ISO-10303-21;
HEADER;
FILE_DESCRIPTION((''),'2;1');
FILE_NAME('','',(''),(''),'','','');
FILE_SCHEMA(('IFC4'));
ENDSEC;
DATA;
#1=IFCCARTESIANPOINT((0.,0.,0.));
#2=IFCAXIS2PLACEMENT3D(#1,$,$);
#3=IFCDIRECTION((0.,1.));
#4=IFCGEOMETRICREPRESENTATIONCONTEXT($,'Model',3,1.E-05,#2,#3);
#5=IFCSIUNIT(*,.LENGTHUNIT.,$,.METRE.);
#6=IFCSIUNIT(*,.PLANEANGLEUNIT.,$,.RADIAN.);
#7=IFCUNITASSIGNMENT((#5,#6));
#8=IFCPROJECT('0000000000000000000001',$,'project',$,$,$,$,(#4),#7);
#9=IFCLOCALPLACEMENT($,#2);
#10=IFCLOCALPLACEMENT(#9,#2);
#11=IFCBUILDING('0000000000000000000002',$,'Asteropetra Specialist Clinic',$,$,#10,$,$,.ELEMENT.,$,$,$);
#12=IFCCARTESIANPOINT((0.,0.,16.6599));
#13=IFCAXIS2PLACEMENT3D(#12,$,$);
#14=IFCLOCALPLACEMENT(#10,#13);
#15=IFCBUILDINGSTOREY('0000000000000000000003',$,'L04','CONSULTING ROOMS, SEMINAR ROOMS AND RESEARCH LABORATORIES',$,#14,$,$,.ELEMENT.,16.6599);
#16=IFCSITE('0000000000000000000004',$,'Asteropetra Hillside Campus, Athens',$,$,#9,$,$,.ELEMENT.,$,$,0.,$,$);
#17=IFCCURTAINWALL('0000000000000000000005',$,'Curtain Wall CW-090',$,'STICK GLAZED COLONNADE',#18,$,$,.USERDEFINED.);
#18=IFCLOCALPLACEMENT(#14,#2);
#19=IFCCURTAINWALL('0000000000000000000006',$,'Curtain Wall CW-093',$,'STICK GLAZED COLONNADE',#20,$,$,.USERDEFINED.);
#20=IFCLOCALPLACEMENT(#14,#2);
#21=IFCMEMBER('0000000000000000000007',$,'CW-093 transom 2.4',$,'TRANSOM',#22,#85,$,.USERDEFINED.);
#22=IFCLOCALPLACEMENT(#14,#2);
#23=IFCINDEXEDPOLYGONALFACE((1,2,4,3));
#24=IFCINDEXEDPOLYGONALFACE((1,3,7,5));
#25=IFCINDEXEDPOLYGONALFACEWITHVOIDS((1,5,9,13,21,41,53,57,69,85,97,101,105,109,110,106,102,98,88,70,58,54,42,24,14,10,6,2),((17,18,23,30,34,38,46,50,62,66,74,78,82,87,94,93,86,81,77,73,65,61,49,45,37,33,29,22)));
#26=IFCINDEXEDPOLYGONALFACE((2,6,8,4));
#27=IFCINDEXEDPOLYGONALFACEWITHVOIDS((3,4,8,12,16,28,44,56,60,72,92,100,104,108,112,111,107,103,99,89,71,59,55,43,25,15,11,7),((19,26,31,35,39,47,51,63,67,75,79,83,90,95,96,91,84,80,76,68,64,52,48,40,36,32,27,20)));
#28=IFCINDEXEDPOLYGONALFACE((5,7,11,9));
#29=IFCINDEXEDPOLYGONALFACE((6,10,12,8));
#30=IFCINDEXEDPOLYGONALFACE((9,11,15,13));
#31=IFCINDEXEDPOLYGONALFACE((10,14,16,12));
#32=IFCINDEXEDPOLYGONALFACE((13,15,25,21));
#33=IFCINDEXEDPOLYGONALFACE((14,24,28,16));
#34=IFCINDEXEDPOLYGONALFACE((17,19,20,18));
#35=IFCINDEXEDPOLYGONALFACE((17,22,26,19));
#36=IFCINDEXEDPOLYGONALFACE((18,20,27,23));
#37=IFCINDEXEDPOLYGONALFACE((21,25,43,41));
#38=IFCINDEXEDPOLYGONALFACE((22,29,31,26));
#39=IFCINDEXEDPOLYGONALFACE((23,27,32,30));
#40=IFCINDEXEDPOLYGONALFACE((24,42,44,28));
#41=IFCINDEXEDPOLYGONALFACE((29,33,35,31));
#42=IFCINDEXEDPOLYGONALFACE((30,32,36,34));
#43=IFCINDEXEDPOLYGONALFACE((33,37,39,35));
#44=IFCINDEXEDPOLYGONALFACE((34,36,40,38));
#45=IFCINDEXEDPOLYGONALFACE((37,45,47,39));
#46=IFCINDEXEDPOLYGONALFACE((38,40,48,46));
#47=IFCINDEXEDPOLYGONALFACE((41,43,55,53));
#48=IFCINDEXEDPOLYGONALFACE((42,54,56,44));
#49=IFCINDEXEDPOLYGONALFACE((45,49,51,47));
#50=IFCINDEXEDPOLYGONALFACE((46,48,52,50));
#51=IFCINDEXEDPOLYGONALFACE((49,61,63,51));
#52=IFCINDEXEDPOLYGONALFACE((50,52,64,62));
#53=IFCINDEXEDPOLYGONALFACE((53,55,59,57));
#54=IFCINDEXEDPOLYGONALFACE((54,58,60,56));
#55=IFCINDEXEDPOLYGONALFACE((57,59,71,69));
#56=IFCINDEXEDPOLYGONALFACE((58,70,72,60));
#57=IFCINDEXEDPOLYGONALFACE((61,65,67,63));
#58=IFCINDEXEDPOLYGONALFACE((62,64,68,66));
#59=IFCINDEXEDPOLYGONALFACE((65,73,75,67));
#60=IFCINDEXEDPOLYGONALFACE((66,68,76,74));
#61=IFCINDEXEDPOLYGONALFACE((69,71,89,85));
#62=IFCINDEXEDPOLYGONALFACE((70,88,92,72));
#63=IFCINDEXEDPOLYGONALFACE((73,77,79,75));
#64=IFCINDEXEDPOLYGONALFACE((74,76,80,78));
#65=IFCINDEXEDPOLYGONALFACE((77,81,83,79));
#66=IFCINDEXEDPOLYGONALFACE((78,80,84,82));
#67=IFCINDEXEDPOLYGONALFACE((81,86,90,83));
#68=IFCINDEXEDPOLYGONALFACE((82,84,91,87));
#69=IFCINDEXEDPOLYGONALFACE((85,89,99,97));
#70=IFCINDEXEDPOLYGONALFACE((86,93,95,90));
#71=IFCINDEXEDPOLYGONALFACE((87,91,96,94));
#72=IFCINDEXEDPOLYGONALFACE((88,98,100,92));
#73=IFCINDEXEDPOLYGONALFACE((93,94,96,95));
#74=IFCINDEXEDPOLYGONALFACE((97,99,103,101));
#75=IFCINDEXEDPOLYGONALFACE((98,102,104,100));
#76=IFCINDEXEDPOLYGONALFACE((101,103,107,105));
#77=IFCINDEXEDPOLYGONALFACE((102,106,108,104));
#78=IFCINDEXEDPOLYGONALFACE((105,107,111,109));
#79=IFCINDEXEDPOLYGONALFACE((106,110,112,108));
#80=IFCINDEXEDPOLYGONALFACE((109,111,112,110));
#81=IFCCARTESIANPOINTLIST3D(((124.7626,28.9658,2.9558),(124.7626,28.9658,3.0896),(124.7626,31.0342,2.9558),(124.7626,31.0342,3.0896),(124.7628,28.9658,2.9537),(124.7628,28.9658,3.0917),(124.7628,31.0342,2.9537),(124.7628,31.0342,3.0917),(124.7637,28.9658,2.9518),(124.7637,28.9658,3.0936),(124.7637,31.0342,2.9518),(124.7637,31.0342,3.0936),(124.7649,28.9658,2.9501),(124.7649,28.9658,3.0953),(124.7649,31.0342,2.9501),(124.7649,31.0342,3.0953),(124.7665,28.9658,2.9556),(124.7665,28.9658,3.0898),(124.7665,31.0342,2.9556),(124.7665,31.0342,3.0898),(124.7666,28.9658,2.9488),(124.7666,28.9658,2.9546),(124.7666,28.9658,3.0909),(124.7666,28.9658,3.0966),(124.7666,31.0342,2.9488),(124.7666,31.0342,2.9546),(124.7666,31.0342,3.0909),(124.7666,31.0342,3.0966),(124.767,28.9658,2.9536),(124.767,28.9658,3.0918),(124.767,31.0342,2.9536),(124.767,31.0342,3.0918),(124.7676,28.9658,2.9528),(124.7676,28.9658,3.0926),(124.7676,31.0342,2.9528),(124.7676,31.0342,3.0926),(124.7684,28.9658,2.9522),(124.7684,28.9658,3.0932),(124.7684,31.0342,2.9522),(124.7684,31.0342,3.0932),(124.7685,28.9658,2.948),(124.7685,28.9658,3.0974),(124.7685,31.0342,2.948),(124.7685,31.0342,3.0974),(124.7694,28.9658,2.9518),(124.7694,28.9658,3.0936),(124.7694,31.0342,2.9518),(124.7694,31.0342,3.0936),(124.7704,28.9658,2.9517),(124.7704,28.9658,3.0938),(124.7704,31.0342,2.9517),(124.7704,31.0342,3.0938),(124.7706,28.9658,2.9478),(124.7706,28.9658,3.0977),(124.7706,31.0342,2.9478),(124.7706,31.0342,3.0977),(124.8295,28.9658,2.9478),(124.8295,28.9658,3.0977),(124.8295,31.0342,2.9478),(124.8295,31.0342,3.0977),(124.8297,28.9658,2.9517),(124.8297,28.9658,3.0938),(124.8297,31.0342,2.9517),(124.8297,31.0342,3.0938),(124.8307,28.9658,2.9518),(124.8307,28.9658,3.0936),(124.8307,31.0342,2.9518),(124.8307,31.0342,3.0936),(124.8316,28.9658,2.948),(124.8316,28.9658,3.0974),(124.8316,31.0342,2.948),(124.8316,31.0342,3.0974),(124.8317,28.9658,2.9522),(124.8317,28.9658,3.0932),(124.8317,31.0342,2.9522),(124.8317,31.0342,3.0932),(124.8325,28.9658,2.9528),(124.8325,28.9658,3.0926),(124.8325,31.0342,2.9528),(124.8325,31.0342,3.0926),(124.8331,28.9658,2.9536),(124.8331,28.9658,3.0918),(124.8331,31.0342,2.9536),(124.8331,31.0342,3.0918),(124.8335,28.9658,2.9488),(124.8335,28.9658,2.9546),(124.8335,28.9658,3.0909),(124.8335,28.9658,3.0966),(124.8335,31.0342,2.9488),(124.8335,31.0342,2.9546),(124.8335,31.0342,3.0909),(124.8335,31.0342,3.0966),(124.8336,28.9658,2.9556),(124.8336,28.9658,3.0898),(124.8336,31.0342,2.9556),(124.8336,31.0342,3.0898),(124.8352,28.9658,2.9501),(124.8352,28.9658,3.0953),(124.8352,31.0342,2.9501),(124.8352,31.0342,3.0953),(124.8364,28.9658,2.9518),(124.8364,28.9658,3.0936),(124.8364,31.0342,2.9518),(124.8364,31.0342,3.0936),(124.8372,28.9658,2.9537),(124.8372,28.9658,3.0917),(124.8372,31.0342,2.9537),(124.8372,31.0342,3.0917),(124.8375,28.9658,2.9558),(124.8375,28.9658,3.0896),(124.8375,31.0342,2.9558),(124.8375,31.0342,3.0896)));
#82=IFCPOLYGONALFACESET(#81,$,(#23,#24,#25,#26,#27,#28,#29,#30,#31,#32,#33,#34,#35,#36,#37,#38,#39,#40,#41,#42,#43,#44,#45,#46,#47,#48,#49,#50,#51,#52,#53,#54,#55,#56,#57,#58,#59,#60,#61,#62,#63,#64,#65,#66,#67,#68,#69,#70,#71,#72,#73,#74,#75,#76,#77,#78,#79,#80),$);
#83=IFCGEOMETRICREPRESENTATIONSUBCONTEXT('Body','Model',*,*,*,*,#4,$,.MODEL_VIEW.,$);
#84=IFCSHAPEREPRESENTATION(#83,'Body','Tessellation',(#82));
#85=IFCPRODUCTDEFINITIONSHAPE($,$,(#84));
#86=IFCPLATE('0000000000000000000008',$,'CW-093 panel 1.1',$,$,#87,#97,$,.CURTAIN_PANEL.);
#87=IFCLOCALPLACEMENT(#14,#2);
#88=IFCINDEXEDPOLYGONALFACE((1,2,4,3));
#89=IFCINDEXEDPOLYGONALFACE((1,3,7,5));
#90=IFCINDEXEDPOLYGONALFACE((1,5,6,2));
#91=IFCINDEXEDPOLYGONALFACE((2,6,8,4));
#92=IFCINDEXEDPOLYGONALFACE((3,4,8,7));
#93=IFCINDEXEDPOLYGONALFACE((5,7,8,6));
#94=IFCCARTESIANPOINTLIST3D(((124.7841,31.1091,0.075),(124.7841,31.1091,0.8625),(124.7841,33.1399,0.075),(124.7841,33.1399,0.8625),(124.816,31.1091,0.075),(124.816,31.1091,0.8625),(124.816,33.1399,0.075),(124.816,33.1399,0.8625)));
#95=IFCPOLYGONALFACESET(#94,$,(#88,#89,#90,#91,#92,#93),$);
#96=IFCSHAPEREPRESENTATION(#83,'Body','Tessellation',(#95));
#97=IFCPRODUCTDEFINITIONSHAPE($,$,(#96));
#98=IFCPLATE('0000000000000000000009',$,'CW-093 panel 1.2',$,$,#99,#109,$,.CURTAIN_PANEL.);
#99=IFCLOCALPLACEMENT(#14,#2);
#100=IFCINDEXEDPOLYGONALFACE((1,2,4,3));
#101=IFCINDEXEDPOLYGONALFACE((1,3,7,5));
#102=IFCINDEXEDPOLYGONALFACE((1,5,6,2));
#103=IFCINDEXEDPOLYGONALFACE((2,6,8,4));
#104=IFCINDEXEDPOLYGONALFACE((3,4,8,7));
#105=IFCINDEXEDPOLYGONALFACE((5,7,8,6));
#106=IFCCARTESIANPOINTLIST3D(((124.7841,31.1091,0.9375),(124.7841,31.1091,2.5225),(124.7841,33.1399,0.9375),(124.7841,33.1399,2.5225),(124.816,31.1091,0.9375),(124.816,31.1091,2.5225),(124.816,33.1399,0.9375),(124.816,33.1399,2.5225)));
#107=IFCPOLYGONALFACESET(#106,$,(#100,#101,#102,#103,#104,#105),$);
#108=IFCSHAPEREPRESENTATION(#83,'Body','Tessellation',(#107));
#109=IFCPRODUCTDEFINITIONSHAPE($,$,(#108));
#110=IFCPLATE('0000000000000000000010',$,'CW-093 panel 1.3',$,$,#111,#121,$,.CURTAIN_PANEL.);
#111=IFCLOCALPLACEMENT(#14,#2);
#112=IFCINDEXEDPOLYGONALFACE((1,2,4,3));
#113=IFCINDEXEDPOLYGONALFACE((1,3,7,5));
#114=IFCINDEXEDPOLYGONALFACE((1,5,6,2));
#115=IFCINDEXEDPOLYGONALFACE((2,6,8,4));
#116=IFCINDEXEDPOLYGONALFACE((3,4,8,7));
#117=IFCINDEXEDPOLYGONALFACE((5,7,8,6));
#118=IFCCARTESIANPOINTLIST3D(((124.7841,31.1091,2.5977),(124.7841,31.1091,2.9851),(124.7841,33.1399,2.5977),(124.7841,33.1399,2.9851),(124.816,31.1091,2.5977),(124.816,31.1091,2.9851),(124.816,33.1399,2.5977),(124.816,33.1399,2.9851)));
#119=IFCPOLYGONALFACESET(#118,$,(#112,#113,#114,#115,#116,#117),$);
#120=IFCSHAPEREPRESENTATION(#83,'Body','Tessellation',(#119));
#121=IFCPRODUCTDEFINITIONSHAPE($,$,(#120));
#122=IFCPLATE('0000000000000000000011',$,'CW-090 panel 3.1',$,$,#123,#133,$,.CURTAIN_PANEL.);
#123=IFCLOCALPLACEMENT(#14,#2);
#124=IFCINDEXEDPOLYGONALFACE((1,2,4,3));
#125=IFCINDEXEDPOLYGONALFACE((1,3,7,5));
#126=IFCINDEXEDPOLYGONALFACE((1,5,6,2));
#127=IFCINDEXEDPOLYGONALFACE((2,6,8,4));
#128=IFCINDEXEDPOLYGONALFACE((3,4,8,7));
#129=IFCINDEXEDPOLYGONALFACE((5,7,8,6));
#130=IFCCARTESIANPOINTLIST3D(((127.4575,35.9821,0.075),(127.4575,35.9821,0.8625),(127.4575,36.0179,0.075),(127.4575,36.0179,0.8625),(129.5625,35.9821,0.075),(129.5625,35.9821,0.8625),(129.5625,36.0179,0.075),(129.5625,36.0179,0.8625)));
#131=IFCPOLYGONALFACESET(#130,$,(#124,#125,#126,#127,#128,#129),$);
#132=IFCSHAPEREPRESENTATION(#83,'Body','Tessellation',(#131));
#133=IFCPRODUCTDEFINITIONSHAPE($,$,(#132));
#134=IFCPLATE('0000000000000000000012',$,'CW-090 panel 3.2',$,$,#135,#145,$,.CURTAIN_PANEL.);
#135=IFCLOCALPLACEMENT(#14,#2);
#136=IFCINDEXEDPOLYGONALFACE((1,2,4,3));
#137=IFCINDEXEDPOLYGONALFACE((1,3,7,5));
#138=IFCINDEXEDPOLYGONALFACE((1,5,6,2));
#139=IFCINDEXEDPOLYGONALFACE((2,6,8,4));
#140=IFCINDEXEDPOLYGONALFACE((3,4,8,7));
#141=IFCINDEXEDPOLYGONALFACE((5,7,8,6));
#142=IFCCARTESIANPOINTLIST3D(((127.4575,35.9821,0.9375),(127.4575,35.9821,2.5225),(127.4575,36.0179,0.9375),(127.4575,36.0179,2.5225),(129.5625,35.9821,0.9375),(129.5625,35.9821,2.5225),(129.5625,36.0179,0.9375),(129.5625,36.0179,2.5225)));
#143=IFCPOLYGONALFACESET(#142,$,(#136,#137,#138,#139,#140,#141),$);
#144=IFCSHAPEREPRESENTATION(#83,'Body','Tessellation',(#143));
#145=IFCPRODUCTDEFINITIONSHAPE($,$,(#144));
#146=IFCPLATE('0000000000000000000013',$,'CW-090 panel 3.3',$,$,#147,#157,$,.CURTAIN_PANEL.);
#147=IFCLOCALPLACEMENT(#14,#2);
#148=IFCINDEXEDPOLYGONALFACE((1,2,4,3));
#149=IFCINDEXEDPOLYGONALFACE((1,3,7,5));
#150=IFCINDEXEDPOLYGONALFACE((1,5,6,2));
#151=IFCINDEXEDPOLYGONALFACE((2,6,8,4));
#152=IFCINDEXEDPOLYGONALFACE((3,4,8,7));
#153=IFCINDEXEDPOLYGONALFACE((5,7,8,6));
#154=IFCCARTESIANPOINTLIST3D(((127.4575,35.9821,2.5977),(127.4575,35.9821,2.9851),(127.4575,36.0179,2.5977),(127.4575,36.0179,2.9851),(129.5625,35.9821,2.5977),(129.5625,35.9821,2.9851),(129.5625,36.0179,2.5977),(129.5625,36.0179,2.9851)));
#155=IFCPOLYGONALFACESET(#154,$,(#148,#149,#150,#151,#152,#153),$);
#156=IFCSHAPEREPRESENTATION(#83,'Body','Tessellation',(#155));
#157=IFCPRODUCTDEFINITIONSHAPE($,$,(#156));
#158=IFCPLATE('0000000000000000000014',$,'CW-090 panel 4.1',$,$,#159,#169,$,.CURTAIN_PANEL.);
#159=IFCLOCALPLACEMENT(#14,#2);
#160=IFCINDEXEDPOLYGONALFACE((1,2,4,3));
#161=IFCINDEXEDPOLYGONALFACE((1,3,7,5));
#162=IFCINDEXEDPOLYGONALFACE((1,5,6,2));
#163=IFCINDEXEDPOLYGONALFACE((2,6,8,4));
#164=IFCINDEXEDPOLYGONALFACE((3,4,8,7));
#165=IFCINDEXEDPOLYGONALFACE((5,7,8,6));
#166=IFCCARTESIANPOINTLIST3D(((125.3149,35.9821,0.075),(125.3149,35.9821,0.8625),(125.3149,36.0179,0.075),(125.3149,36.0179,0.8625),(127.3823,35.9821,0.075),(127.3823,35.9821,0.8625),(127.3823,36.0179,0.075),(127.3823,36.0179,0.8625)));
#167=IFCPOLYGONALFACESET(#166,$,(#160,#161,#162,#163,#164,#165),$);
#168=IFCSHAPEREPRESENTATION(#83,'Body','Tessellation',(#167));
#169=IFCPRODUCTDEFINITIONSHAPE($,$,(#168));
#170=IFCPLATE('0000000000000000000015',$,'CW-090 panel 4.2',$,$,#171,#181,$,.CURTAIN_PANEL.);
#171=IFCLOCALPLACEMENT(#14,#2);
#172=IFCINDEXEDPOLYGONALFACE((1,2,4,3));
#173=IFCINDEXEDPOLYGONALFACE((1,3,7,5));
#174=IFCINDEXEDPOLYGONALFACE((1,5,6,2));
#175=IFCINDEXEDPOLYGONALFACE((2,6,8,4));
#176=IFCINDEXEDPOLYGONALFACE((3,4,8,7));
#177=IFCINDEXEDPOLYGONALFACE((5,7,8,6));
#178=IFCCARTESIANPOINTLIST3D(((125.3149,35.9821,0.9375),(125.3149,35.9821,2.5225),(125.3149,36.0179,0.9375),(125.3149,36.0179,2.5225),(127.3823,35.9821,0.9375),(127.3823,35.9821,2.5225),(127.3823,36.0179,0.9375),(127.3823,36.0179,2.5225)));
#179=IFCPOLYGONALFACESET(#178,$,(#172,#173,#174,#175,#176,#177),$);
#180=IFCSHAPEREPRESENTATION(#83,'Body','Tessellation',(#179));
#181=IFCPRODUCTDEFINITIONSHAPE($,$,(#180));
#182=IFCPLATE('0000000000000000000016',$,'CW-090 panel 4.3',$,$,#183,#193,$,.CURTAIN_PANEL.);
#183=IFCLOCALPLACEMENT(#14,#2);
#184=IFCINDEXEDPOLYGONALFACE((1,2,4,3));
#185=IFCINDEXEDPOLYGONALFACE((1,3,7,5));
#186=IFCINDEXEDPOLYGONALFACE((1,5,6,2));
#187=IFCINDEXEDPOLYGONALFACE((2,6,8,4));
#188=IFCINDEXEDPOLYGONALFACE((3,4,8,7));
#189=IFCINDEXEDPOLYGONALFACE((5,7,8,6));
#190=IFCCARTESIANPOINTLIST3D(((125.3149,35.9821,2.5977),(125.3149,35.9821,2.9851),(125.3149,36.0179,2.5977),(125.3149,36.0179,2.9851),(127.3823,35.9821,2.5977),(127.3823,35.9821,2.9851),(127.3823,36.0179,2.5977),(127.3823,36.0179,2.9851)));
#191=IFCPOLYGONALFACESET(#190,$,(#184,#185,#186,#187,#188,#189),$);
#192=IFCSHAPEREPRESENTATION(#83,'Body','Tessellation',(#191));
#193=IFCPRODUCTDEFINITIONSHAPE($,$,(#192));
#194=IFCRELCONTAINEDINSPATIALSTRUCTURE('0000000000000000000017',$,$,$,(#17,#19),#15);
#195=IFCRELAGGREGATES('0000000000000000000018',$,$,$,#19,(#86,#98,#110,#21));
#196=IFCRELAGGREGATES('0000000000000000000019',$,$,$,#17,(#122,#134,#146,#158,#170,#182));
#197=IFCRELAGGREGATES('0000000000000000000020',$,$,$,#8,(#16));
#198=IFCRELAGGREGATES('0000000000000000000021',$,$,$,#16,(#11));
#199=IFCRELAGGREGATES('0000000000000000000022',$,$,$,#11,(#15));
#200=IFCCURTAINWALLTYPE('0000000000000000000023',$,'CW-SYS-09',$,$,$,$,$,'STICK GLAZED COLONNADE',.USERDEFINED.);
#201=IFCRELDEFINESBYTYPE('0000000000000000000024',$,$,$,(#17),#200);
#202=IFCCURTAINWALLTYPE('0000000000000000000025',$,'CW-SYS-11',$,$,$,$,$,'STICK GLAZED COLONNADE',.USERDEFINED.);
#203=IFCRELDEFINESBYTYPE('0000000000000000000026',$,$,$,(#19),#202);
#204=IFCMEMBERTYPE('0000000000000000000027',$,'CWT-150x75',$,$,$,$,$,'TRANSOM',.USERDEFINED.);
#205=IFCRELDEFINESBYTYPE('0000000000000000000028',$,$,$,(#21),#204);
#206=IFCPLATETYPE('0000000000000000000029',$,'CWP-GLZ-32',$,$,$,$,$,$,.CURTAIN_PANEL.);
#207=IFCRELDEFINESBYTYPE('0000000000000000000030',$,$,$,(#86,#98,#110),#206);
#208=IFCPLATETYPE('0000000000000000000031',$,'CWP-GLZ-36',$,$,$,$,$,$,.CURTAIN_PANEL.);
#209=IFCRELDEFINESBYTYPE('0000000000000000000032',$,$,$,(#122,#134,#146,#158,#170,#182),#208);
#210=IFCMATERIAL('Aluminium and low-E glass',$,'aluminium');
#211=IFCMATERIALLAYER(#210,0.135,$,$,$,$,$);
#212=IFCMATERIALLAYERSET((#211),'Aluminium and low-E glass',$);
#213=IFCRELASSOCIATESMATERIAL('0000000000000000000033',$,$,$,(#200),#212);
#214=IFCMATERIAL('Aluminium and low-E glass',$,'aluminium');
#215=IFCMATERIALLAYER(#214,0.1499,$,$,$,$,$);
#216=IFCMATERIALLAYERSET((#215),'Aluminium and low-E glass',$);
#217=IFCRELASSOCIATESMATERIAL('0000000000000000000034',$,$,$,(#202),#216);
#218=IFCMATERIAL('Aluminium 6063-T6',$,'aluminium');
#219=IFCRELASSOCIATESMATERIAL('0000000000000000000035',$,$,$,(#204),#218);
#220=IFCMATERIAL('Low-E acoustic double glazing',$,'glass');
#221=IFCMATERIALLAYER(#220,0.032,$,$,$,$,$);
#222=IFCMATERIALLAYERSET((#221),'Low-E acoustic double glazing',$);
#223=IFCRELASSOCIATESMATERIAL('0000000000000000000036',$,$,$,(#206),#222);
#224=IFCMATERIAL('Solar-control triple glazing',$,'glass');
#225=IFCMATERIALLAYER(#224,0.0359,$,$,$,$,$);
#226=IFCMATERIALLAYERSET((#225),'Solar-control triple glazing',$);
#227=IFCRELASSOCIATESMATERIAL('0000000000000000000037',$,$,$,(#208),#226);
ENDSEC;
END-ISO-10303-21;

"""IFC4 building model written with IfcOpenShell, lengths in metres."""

from ifc_helpers import new_model, si_unit, direction, frame, origin, origin_2d, place, context, subcontext, project, spatial, rectangle, hollow_rectangle, extrude, material, layer, layer_set, material_profile, profile_set, type_object, element, aggregate, save


model = new_model("IFC4")

# Units and contexts
model_context = context("Model", 3, precision=1e-05, world=origin(), true_north=direction((0.0, 1.0)))
body_context = subcontext(model_context, "Body", "Model", "MODEL_VIEW")
ifc_project = project(units=[si_unit("LENGTHUNIT", "METRE"), si_unit("PLANEANGLEUNIT", "RADIAN")], contexts=[model_context])

# Site, building, storey
site_placement = place(None, origin())
site = spatial("IfcSite", under=ifc_project, at=site_placement, Name="Asteropetra Hillside Campus, Athens", CompositionType="ELEMENT", RefElevation=0.0)
building_placement = place(site_placement, origin())
building = spatial("IfcBuilding", under=site, at=building_placement, Name="Asteropetra Specialist Clinic", CompositionType="ELEMENT")
storey_placement = place(building_placement, frame((0.0, 0.0, 16.6599)))
storey = spatial("IfcBuildingStorey", under=building, at=storey_placement, Name="L04", Description="CONSULTING ROOMS, SEMINAR ROOMS AND RESEARCH LABORATORIES", CompositionType="ELEMENT", Elevation=16.6599)

# Curtain walls
ifc_material_1 = material(Name="Aluminium and low-E glass", Category="aluminium")
ifc_layer_1 = layer(ifc_material_1, 0.135)
ifc_layer_set_1 = layer_set([ifc_layer_1], Name="Aluminium and low-E glass")
curtain_wall_type_1 = type_object("IfcCurtainWallType", Name="CW-SYS-09", ElementType="STICK GLAZED COLONNADE", PredefinedType="USERDEFINED", material=ifc_layer_set_1)
curtain_wall_1_placement = place(storey_placement, origin())
curtain_wall_1 = element("IfcCurtainWall", 1, at=curtain_wall_1_placement, inside=storey, type_object=curtain_wall_type_1, Name="Curtain Wall CW-090", ObjectType="STICK GLAZED COLONNADE", PredefinedType="USERDEFINED")
ifc_material_2 = material(Name="Aluminium and low-E glass", Category="aluminium")
ifc_layer_2 = layer(ifc_material_2, 0.1499)
ifc_layer_set_2 = layer_set([ifc_layer_2], Name="Aluminium and low-E glass")
curtain_wall_type_2 = type_object("IfcCurtainWallType", Name="CW-SYS-11", ElementType="STICK GLAZED COLONNADE", PredefinedType="USERDEFINED", material=ifc_layer_set_2)
curtain_wall_2_placement = place(storey_placement, origin())
curtain_wall_2 = element("IfcCurtainWall", 2, at=curtain_wall_2_placement, inside=storey, type_object=curtain_wall_type_2, Name="Curtain Wall CW-093", ObjectType="STICK GLAZED COLONNADE", PredefinedType="USERDEFINED")

# Member
ifc_material_3 = material(Name="Aluminium 6063-T6", Category="aluminium")
ifc_material_profile_1 = material_profile(ifc_material_3, hollow_rectangle(XDim=0.075, YDim=0.1499, WallThickness=0.0039, InnerFilletRadius=0.0039, OuterFilletRadius=0.0081, at=origin_2d()), Name="TRN 150x75x4.0")
ifc_profile_set_1 = profile_set([ifc_material_profile_1], Name="Aluminium 6063-T6")
member_type_1 = type_object("IfcMemberType", Name="CWT-150x75", ElementType="TRANSOM", PredefinedType="USERDEFINED", material=ifc_profile_set_1)
member_1_placement = place(storey_placement, frame((124.8, 31.0342, 3.0227), z_axis=(0.0, -1.0, 0.0), x_axis=(1.0, 0.0, 0.0)))
member_1 = element("IfcMember", 3, at=member_1_placement, type_object=member_type_1, Name="CW-093 transom 2.4", ObjectType="TRANSOM", PredefinedType="USERDEFINED", context=body_context, shape_type="SweptSolid", body=[
    extrude(hollow_rectangle(XDim=0.075, YDim=0.1499, WallThickness=0.0039, InnerFilletRadius=0.0039, OuterFilletRadius=0.0081, at=origin_2d()), origin(), (0.0, 0.0, 1.0), 2.0684),
])

# Plates
ifc_material_4 = material(Name="Low-E acoustic double glazing", Category="glass")
ifc_layer_3 = layer(ifc_material_4, 0.032)
ifc_layer_set_3 = layer_set([ifc_layer_3], Name="Low-E acoustic double glazing")
plate_type_1 = type_object("IfcPlateType", Name="CWP-GLZ-32", PredefinedType="CURTAIN_PANEL", material=ifc_layer_set_3)
plate_1_placement = place(storey_placement, frame((124.8, 32.1245, 0.075), z_axis=(0.0, 0.0, 1.0), x_axis=(0.0, -1.0, 0.0)))
plate_1 = element("IfcPlate", 4, at=plate_1_placement, type_object=plate_type_1, Name="CW-093 panel 1.1", PredefinedType="CURTAIN_PANEL", context=body_context, shape_type="SweptSolid", body=[
    extrude(rectangle(XDim=2.0308, YDim=0.032, at=origin_2d()), origin(), (0.0, 0.0, 1.0), 0.7876),
])
plate_2_placement = place(storey_placement, frame((124.8, 32.1245, 0.9375), z_axis=(0.0, 0.0, 1.0), x_axis=(0.0, -1.0, 0.0)))
plate_2 = element("IfcPlate", 5, at=plate_2_placement, type_object=plate_type_1, Name="CW-093 panel 1.2", PredefinedType="CURTAIN_PANEL", context=body_context, shape_type="SweptSolid", body=[
    extrude(rectangle(XDim=2.0308, YDim=0.032, at=origin_2d()), origin(), (0.0, 0.0, 1.0), 1.585),
])
plate_3_placement = place(storey_placement, frame((124.8, 32.1245, 2.5977), z_axis=(0.0, 0.0, 1.0), x_axis=(0.0, -1.0, 0.0)))
plate_3 = element("IfcPlate", 6, at=plate_3_placement, type_object=plate_type_1, Name="CW-093 panel 1.3", PredefinedType="CURTAIN_PANEL", context=body_context, shape_type="SweptSolid", body=[
    extrude(rectangle(XDim=2.0308, YDim=0.032, at=origin_2d()), origin(), (0.0, 0.0, 1.0), 0.3875),
])
aggregate(curtain_wall_2, [plate_1, plate_2, plate_3, member_1])
ifc_material_5 = material(Name="Solar-control triple glazing", Category="glass")
ifc_layer_4 = layer(ifc_material_5, 0.0359)
ifc_layer_set_4 = layer_set([ifc_layer_4], Name="Solar-control triple glazing")
plate_type_2 = type_object("IfcPlateType", Name="CWP-GLZ-36", PredefinedType="CURTAIN_PANEL", material=ifc_layer_set_4)
plate_4_placement = place(storey_placement, frame((128.51, 36.0, 0.075), z_axis=(0.0, 0.0, 1.0), x_axis=(-1.0, 0.0, 0.0)))
plate_4 = element("IfcPlate", 7, at=plate_4_placement, type_object=plate_type_2, Name="CW-090 panel 3.1", PredefinedType="CURTAIN_PANEL", context=body_context, shape_type="SweptSolid", body=[
    extrude(rectangle(XDim=2.105, YDim=0.0359, at=origin_2d()), origin(), (0.0, 0.0, 1.0), 0.7876),
])
plate_5_placement = place(storey_placement, frame((128.51, 36.0, 0.9375), z_axis=(0.0, 0.0, 1.0), x_axis=(-1.0, 0.0, 0.0)))
plate_5 = element("IfcPlate", 8, at=plate_5_placement, type_object=plate_type_2, Name="CW-090 panel 3.2", PredefinedType="CURTAIN_PANEL", context=body_context, shape_type="SweptSolid", body=[
    extrude(rectangle(XDim=2.105, YDim=0.0359, at=origin_2d()), origin(), (0.0, 0.0, 1.0), 1.585),
])
plate_6_placement = place(storey_placement, frame((128.51, 36.0, 2.5977), z_axis=(0.0, 0.0, 1.0), x_axis=(-1.0, 0.0, 0.0)))
plate_6 = element("IfcPlate", 9, at=plate_6_placement, type_object=plate_type_2, Name="CW-090 panel 3.3", PredefinedType="CURTAIN_PANEL", context=body_context, shape_type="SweptSolid", body=[
    extrude(rectangle(XDim=2.105, YDim=0.0359, at=origin_2d()), origin(), (0.0, 0.0, 1.0), 0.3875),
])
plate_7_placement = place(storey_placement, frame((126.3486, 36.0, 0.075), z_axis=(0.0, 0.0, 1.0), x_axis=(-1.0, 0.0, 0.0)))
plate_7 = element("IfcPlate", 10, at=plate_7_placement, type_object=plate_type_2, Name="CW-090 panel 4.1", PredefinedType="CURTAIN_PANEL", context=body_context, shape_type="SweptSolid", body=[
    extrude(rectangle(XDim=2.0674, YDim=0.0359, at=origin_2d()), origin(), (0.0, 0.0, 1.0), 0.7876),
])
plate_8_placement = place(storey_placement, frame((126.3486, 36.0, 0.9375), z_axis=(0.0, 0.0, 1.0), x_axis=(-1.0, 0.0, 0.0)))
plate_8 = element("IfcPlate", 11, at=plate_8_placement, type_object=plate_type_2, Name="CW-090 panel 4.2", PredefinedType="CURTAIN_PANEL", context=body_context, shape_type="SweptSolid", body=[
    extrude(rectangle(XDim=2.0674, YDim=0.0359, at=origin_2d()), origin(), (0.0, 0.0, 1.0), 1.585),
])
plate_9_placement = place(storey_placement, frame((126.3486, 36.0, 2.5977), z_axis=(0.0, 0.0, 1.0), x_axis=(-1.0, 0.0, 0.0)))
plate_9 = element("IfcPlate", 12, at=plate_9_placement, type_object=plate_type_2, Name="CW-090 panel 4.3", PredefinedType="CURTAIN_PANEL", context=body_context, shape_type="SweptSolid", body=[
    extrude(rectangle(XDim=2.0674, YDim=0.0359, at=origin_2d()), origin(), (0.0, 0.0, 1.0), 0.3875),
])
aggregate(curtain_wall_1, [plate_4, plate_5, plate_6, plate_7, plate_8, plate_9])

save(model, "model.ifc")
